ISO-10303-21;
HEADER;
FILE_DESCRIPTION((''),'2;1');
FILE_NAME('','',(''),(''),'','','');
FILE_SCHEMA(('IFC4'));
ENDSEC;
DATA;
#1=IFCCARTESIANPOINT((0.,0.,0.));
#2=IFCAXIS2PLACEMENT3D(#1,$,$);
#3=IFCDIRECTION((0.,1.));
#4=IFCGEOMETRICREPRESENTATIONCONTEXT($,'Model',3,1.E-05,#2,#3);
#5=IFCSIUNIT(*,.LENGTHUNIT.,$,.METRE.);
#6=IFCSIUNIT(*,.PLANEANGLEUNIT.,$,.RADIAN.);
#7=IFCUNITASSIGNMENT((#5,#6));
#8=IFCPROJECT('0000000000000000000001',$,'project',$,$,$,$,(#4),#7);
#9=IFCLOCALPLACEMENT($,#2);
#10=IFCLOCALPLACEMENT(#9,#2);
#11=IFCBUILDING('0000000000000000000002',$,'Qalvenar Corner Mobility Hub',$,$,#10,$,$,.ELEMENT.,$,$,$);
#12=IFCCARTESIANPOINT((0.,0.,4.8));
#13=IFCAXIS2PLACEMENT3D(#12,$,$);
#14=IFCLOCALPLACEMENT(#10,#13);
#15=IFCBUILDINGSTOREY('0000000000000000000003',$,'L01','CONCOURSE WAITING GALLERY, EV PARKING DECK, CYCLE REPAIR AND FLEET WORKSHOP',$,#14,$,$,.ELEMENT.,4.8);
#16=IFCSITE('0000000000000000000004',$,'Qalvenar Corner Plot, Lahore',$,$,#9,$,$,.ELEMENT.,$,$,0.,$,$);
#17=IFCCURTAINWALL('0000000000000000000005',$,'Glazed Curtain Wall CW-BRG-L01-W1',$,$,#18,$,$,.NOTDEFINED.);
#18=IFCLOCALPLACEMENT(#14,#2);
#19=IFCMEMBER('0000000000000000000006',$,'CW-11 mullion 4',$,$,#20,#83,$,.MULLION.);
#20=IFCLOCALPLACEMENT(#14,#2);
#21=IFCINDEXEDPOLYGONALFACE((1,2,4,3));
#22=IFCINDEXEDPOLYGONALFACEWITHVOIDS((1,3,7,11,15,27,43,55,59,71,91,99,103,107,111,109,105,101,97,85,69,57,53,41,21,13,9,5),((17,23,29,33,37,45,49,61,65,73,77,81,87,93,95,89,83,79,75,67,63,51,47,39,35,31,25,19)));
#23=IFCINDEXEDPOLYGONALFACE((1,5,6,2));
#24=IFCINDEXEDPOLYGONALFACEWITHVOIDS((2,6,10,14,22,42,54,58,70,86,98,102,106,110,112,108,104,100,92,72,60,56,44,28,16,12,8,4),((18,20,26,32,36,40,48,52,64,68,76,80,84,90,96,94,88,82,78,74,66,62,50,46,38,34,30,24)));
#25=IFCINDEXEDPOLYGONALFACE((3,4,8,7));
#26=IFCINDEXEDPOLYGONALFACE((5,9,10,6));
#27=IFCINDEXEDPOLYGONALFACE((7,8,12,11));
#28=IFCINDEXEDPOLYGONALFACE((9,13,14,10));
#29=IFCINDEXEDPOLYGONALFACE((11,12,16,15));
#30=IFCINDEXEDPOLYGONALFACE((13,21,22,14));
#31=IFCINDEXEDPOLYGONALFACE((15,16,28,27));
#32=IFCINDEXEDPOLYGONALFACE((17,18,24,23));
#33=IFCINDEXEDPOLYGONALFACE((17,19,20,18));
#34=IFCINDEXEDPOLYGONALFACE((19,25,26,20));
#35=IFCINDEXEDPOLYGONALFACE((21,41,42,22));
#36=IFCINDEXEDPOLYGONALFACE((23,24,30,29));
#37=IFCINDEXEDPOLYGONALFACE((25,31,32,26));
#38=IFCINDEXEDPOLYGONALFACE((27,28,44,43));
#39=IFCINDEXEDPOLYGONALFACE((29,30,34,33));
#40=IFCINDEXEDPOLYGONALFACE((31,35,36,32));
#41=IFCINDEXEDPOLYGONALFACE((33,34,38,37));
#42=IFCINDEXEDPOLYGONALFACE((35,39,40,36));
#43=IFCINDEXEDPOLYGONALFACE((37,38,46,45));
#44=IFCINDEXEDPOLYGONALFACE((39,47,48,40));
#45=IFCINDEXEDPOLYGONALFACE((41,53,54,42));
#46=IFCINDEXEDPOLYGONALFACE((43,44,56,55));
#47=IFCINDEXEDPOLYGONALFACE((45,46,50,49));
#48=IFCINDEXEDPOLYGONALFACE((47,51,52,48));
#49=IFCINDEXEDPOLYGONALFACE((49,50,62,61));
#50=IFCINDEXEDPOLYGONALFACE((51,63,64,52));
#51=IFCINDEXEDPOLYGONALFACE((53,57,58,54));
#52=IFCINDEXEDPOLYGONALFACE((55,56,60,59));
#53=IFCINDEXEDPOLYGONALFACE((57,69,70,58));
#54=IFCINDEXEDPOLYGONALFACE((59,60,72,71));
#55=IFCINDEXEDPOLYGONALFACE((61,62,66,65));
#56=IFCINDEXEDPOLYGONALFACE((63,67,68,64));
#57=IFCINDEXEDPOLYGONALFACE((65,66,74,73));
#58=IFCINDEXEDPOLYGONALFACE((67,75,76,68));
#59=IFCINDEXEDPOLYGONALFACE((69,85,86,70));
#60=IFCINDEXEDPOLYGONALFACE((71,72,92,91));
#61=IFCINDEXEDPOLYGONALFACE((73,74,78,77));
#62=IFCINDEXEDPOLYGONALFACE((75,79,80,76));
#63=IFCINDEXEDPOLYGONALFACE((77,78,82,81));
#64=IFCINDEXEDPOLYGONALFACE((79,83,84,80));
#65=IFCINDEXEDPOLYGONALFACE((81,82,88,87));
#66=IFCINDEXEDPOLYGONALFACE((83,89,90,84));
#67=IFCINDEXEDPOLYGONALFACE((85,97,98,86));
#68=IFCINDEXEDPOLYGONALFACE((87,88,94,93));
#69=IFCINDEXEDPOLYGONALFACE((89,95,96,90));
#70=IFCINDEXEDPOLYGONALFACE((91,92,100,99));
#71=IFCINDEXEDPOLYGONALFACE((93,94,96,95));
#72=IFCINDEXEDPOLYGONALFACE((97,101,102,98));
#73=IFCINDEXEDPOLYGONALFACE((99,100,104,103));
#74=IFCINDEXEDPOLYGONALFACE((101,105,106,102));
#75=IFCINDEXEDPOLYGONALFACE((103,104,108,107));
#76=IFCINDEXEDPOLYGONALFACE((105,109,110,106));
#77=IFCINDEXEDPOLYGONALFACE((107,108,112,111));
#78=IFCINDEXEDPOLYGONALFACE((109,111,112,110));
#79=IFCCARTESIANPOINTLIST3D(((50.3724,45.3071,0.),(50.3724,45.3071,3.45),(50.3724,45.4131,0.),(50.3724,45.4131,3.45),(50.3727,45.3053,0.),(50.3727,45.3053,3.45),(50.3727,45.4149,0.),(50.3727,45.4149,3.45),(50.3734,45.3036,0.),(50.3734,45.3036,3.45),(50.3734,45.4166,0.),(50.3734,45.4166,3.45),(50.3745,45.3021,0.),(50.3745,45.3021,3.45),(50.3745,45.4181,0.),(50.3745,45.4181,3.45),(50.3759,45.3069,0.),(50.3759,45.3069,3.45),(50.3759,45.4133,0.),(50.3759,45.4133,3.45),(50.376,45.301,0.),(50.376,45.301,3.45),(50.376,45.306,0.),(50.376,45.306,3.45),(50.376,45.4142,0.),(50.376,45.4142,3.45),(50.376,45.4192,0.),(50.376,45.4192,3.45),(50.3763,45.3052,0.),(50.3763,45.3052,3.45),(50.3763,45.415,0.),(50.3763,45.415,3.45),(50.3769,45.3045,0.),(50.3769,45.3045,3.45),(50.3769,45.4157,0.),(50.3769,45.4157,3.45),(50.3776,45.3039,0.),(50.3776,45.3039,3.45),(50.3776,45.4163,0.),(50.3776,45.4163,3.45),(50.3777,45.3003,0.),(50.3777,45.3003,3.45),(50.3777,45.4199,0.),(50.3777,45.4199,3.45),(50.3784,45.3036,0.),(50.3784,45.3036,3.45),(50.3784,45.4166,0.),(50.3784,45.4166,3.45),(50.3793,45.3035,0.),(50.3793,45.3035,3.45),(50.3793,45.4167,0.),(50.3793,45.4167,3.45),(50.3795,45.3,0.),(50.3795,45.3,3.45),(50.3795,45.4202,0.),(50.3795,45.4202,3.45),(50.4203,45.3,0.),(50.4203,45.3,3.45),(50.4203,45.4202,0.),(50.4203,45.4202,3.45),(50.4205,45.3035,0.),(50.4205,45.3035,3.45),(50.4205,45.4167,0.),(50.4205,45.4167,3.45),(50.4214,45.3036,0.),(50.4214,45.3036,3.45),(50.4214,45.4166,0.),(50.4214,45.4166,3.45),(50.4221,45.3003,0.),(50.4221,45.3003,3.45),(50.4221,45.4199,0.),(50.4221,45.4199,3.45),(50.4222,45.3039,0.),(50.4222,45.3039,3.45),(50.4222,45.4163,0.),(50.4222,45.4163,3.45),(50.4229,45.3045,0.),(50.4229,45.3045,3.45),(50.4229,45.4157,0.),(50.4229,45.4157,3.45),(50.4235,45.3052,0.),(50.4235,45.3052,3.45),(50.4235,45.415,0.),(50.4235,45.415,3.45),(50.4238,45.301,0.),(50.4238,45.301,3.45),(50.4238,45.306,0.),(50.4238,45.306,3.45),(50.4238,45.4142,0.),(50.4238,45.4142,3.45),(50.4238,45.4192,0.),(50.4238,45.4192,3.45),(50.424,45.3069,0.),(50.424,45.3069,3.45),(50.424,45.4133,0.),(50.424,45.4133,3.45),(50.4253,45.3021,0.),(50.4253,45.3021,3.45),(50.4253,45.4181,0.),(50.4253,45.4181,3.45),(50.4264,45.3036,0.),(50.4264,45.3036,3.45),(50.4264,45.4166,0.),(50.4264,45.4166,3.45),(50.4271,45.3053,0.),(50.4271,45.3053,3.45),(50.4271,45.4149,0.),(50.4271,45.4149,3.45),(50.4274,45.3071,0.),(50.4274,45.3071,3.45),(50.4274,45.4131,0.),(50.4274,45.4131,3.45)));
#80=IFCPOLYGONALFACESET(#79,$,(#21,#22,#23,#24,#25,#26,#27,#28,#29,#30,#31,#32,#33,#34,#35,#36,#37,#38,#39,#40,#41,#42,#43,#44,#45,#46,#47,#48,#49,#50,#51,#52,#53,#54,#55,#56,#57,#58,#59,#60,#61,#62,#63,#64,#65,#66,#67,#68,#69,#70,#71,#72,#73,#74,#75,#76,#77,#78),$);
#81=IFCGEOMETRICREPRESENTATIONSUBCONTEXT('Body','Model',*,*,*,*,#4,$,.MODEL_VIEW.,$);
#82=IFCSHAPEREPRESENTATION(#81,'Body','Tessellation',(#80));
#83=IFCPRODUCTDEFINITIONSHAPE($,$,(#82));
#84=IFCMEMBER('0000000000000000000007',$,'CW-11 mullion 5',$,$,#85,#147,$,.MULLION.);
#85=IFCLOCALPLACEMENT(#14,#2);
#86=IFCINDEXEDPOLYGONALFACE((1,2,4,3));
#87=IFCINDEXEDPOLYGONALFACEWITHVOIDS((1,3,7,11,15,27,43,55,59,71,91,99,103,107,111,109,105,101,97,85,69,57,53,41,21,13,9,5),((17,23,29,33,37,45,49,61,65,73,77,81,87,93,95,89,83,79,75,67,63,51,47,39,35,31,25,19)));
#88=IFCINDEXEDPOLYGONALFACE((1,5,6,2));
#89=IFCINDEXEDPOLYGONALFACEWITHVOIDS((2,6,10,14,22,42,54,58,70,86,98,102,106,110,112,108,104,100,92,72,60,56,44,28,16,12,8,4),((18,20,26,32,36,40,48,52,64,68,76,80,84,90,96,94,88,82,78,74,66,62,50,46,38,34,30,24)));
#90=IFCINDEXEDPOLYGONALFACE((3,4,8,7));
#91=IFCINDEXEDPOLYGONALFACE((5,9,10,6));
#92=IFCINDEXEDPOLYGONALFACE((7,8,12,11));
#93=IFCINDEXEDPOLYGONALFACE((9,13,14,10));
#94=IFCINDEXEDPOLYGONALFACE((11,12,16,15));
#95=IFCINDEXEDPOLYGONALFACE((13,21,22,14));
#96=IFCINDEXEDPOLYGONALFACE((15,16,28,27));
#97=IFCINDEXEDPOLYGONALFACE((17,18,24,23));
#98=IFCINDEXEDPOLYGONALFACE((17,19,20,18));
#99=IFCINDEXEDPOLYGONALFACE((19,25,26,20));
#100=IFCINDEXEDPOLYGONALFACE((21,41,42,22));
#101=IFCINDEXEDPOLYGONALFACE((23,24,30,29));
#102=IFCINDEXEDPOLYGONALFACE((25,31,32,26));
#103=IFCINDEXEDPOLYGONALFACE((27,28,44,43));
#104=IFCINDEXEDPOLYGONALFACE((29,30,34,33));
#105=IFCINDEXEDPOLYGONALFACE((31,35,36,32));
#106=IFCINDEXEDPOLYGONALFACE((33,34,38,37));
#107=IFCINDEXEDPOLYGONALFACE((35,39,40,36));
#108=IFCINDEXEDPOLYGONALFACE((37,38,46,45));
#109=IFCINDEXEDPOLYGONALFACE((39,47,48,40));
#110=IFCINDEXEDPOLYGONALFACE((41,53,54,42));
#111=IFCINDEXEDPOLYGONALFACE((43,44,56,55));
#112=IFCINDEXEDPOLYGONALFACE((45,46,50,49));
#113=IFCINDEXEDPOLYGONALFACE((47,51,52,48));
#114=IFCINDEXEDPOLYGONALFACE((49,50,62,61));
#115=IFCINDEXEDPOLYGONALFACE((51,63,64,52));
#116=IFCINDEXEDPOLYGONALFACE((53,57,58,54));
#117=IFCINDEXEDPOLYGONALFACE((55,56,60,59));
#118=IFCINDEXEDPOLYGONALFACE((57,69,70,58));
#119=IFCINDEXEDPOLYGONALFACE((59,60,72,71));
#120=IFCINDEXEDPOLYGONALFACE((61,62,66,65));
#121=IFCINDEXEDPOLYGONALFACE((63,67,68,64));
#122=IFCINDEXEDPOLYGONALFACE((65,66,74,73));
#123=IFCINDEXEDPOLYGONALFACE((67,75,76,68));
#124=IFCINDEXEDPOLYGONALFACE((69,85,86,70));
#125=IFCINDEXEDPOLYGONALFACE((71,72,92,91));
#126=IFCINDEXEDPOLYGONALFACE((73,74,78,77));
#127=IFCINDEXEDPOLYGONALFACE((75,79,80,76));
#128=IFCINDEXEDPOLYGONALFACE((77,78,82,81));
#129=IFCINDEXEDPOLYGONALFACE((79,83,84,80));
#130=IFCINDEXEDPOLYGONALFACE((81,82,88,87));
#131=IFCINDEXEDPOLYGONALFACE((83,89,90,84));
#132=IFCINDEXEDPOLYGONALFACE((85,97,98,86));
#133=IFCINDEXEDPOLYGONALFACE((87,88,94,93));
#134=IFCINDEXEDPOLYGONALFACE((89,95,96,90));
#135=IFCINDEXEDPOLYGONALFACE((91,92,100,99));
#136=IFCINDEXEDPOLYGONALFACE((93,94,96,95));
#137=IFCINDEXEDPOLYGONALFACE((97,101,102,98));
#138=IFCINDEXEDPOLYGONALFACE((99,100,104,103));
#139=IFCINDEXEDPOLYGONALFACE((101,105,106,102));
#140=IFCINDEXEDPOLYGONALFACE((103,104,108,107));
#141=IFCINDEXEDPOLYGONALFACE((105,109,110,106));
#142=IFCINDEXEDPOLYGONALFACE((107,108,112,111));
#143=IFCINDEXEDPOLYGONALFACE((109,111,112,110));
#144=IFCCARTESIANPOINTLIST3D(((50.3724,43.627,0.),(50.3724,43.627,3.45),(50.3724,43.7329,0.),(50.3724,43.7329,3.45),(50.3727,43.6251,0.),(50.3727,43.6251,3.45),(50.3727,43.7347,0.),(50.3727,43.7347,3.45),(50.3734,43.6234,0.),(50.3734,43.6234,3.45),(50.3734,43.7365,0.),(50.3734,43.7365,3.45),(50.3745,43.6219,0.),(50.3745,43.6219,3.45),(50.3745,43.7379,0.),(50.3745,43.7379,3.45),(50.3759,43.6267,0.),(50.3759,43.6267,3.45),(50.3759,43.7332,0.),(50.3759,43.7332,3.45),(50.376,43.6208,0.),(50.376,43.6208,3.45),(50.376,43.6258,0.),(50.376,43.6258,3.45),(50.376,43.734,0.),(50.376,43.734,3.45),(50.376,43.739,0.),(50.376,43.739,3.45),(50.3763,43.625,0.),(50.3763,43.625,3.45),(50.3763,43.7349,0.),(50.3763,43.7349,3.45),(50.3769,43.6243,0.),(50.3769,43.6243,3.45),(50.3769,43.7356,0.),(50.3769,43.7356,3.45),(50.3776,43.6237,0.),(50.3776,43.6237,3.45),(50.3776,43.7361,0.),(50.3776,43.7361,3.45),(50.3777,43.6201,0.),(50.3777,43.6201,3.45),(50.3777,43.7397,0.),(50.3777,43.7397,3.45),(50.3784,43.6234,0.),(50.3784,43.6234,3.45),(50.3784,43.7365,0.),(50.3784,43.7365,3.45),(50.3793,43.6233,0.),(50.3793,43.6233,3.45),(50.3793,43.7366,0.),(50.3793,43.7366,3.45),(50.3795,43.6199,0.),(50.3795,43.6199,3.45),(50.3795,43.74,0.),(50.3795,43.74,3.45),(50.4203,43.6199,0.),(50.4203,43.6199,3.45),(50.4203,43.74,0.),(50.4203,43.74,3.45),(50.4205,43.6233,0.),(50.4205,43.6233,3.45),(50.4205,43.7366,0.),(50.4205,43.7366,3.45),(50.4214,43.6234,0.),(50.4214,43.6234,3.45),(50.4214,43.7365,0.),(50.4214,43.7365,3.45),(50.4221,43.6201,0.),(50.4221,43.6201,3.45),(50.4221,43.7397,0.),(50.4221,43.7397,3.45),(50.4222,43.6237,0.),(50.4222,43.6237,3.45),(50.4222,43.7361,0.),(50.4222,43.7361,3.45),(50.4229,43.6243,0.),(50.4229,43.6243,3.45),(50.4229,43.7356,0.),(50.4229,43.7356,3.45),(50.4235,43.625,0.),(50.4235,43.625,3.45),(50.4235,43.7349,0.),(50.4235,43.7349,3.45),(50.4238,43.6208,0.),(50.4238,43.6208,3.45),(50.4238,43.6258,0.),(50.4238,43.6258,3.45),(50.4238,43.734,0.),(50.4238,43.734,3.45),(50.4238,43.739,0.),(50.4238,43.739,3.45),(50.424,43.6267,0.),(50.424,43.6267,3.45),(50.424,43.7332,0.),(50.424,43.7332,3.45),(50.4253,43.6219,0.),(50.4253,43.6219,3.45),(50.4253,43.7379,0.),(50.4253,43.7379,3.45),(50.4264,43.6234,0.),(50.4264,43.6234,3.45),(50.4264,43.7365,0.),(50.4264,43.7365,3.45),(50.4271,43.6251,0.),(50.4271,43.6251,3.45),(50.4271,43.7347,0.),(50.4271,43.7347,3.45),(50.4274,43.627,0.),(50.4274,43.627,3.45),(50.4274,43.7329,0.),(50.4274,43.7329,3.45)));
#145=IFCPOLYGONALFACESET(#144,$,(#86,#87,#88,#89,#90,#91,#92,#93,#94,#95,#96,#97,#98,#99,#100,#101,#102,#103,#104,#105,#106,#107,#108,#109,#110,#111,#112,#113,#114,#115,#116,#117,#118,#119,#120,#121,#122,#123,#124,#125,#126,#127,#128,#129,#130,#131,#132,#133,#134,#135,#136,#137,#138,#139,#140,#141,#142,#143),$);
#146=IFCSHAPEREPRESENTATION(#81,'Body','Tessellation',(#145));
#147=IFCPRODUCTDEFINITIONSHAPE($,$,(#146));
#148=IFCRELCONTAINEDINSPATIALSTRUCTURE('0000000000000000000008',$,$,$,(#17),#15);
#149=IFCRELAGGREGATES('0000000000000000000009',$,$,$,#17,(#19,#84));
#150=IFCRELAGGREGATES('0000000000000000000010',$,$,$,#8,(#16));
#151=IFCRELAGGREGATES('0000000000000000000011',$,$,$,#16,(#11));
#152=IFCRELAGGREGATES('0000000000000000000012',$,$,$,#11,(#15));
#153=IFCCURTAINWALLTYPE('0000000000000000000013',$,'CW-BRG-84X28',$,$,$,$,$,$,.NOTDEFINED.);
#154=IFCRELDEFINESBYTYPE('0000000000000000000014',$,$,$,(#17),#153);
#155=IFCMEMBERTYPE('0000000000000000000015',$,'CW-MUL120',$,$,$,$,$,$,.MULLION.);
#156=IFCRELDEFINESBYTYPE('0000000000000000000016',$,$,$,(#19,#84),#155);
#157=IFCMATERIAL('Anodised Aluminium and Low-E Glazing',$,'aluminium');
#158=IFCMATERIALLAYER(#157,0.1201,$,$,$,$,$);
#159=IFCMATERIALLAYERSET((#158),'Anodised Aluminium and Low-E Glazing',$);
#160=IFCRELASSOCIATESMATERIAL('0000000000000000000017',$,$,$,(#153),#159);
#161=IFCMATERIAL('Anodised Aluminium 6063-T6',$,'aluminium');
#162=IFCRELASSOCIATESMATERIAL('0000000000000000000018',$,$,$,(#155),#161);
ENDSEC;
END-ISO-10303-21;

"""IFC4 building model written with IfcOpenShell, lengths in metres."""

from ifc_helpers import new_model, si_unit, direction, frame, origin, origin_2d, place, context, subcontext, project, spatial, hollow_rectangle, extrude, material, layer, layer_set, material_profile, profile_set, type_object, element, aggregate, save


model = new_model("IFC4")

# Units and contexts
model_context = context("Model", 3, precision=1e-05, world=origin(), true_north=direction((0.0, 1.0)))
body_context = subcontext(model_context, "Body", "Model", "MODEL_VIEW")
ifc_project = project(units=[si_unit("LENGTHUNIT", "METRE"), si_unit("PLANEANGLEUNIT", "RADIAN")], contexts=[model_context])

# Site, building, storey
site_placement = place(None, origin())
site = spatial("IfcSite", under=ifc_project, at=site_placement, Name="Qalvenar Corner Plot, Lahore", CompositionType="ELEMENT", RefElevation=0.0)
building_placement = place(site_placement, origin())
building = spatial("IfcBuilding", under=site, at=building_placement, Name="Qalvenar Corner Mobility Hub", CompositionType="ELEMENT")
storey_placement = place(building_placement, frame((0.0, 0.0, 4.8)))
storey = spatial("IfcBuildingStorey", under=building, at=storey_placement, Name="L01", Description="CONCOURSE WAITING GALLERY, EV PARKING DECK, CYCLE REPAIR AND FLEET WORKSHOP", CompositionType="ELEMENT", Elevation=4.8)

# Curtain wall, members
ifc_material_1 = material(Name="Anodised Aluminium and Low-E Glazing", Category="aluminium")
ifc_layer_1 = layer(ifc_material_1, 0.1201)
ifc_layer_set_1 = layer_set([ifc_layer_1], Name="Anodised Aluminium and Low-E Glazing")
curtain_wall_type = type_object("IfcCurtainWallType", Name="CW-BRG-84X28", PredefinedType="NOTDEFINED", material=ifc_layer_set_1)
curtain_wall_placement = place(storey_placement, origin())
curtain_wall = element("IfcCurtainWall", 1, at=curtain_wall_placement, inside=storey, type_object=curtain_wall_type, Name="Glazed Curtain Wall CW-BRG-L01-W1", PredefinedType="NOTDEFINED")
ifc_material_2 = material(Name="Anodised Aluminium 6063-T6", Category="aluminium")
ifc_material_profile_1 = material_profile(ifc_material_2, hollow_rectangle(XDim=0.0549, YDim=0.1201, WallThickness=0.0034, InnerFilletRadius=0.0034, OuterFilletRadius=0.0071, at=origin_2d()), Name="RHS120x55x3.5")
ifc_profile_set_1 = profile_set([ifc_material_profile_1], Name="Anodised Aluminium 6063-T6")
member_type_1 = type_object("IfcMemberType", Name="CW-MUL120", PredefinedType="MULLION", material=ifc_profile_set_1)
member_1_placement = place(storey_placement, frame((50.3999, 45.3601, 0.0), z_axis=(0.0, 0.0, 1.0), x_axis=(1.0, 0.0, 0.0)))
member_1 = element("IfcMember", 2, at=member_1_placement, type_object=member_type_1, Name="CW-11 mullion 4", PredefinedType="MULLION", context=body_context, shape_type="SweptSolid", body=[
    extrude(hollow_rectangle(XDim=0.0549, YDim=0.1201, WallThickness=0.0034, InnerFilletRadius=0.0034, OuterFilletRadius=0.0071, at=origin_2d()), origin(), (0.0, 0.0, 1.0), 3.45),
])
member_2_placement = place(storey_placement, frame((50.3999, 43.6799, 0.0), z_axis=(0.0, 0.0, 1.0), x_axis=(1.0, 0.0, 0.0)))
member_2 = element("IfcMember", 3, at=member_2_placement, type_object=member_type_1, Name="CW-11 mullion 5", PredefinedType="MULLION", context=body_context, shape_type="SweptSolid", body=[
    extrude(hollow_rectangle(XDim=0.0549, YDim=0.1201, WallThickness=0.0034, InnerFilletRadius=0.0034, OuterFilletRadius=0.0071, at=origin_2d()), origin(), (0.0, 0.0, 1.0), 3.45),
])
aggregate(curtain_wall, [member_1, member_2])

save(model, "model.ifc")
